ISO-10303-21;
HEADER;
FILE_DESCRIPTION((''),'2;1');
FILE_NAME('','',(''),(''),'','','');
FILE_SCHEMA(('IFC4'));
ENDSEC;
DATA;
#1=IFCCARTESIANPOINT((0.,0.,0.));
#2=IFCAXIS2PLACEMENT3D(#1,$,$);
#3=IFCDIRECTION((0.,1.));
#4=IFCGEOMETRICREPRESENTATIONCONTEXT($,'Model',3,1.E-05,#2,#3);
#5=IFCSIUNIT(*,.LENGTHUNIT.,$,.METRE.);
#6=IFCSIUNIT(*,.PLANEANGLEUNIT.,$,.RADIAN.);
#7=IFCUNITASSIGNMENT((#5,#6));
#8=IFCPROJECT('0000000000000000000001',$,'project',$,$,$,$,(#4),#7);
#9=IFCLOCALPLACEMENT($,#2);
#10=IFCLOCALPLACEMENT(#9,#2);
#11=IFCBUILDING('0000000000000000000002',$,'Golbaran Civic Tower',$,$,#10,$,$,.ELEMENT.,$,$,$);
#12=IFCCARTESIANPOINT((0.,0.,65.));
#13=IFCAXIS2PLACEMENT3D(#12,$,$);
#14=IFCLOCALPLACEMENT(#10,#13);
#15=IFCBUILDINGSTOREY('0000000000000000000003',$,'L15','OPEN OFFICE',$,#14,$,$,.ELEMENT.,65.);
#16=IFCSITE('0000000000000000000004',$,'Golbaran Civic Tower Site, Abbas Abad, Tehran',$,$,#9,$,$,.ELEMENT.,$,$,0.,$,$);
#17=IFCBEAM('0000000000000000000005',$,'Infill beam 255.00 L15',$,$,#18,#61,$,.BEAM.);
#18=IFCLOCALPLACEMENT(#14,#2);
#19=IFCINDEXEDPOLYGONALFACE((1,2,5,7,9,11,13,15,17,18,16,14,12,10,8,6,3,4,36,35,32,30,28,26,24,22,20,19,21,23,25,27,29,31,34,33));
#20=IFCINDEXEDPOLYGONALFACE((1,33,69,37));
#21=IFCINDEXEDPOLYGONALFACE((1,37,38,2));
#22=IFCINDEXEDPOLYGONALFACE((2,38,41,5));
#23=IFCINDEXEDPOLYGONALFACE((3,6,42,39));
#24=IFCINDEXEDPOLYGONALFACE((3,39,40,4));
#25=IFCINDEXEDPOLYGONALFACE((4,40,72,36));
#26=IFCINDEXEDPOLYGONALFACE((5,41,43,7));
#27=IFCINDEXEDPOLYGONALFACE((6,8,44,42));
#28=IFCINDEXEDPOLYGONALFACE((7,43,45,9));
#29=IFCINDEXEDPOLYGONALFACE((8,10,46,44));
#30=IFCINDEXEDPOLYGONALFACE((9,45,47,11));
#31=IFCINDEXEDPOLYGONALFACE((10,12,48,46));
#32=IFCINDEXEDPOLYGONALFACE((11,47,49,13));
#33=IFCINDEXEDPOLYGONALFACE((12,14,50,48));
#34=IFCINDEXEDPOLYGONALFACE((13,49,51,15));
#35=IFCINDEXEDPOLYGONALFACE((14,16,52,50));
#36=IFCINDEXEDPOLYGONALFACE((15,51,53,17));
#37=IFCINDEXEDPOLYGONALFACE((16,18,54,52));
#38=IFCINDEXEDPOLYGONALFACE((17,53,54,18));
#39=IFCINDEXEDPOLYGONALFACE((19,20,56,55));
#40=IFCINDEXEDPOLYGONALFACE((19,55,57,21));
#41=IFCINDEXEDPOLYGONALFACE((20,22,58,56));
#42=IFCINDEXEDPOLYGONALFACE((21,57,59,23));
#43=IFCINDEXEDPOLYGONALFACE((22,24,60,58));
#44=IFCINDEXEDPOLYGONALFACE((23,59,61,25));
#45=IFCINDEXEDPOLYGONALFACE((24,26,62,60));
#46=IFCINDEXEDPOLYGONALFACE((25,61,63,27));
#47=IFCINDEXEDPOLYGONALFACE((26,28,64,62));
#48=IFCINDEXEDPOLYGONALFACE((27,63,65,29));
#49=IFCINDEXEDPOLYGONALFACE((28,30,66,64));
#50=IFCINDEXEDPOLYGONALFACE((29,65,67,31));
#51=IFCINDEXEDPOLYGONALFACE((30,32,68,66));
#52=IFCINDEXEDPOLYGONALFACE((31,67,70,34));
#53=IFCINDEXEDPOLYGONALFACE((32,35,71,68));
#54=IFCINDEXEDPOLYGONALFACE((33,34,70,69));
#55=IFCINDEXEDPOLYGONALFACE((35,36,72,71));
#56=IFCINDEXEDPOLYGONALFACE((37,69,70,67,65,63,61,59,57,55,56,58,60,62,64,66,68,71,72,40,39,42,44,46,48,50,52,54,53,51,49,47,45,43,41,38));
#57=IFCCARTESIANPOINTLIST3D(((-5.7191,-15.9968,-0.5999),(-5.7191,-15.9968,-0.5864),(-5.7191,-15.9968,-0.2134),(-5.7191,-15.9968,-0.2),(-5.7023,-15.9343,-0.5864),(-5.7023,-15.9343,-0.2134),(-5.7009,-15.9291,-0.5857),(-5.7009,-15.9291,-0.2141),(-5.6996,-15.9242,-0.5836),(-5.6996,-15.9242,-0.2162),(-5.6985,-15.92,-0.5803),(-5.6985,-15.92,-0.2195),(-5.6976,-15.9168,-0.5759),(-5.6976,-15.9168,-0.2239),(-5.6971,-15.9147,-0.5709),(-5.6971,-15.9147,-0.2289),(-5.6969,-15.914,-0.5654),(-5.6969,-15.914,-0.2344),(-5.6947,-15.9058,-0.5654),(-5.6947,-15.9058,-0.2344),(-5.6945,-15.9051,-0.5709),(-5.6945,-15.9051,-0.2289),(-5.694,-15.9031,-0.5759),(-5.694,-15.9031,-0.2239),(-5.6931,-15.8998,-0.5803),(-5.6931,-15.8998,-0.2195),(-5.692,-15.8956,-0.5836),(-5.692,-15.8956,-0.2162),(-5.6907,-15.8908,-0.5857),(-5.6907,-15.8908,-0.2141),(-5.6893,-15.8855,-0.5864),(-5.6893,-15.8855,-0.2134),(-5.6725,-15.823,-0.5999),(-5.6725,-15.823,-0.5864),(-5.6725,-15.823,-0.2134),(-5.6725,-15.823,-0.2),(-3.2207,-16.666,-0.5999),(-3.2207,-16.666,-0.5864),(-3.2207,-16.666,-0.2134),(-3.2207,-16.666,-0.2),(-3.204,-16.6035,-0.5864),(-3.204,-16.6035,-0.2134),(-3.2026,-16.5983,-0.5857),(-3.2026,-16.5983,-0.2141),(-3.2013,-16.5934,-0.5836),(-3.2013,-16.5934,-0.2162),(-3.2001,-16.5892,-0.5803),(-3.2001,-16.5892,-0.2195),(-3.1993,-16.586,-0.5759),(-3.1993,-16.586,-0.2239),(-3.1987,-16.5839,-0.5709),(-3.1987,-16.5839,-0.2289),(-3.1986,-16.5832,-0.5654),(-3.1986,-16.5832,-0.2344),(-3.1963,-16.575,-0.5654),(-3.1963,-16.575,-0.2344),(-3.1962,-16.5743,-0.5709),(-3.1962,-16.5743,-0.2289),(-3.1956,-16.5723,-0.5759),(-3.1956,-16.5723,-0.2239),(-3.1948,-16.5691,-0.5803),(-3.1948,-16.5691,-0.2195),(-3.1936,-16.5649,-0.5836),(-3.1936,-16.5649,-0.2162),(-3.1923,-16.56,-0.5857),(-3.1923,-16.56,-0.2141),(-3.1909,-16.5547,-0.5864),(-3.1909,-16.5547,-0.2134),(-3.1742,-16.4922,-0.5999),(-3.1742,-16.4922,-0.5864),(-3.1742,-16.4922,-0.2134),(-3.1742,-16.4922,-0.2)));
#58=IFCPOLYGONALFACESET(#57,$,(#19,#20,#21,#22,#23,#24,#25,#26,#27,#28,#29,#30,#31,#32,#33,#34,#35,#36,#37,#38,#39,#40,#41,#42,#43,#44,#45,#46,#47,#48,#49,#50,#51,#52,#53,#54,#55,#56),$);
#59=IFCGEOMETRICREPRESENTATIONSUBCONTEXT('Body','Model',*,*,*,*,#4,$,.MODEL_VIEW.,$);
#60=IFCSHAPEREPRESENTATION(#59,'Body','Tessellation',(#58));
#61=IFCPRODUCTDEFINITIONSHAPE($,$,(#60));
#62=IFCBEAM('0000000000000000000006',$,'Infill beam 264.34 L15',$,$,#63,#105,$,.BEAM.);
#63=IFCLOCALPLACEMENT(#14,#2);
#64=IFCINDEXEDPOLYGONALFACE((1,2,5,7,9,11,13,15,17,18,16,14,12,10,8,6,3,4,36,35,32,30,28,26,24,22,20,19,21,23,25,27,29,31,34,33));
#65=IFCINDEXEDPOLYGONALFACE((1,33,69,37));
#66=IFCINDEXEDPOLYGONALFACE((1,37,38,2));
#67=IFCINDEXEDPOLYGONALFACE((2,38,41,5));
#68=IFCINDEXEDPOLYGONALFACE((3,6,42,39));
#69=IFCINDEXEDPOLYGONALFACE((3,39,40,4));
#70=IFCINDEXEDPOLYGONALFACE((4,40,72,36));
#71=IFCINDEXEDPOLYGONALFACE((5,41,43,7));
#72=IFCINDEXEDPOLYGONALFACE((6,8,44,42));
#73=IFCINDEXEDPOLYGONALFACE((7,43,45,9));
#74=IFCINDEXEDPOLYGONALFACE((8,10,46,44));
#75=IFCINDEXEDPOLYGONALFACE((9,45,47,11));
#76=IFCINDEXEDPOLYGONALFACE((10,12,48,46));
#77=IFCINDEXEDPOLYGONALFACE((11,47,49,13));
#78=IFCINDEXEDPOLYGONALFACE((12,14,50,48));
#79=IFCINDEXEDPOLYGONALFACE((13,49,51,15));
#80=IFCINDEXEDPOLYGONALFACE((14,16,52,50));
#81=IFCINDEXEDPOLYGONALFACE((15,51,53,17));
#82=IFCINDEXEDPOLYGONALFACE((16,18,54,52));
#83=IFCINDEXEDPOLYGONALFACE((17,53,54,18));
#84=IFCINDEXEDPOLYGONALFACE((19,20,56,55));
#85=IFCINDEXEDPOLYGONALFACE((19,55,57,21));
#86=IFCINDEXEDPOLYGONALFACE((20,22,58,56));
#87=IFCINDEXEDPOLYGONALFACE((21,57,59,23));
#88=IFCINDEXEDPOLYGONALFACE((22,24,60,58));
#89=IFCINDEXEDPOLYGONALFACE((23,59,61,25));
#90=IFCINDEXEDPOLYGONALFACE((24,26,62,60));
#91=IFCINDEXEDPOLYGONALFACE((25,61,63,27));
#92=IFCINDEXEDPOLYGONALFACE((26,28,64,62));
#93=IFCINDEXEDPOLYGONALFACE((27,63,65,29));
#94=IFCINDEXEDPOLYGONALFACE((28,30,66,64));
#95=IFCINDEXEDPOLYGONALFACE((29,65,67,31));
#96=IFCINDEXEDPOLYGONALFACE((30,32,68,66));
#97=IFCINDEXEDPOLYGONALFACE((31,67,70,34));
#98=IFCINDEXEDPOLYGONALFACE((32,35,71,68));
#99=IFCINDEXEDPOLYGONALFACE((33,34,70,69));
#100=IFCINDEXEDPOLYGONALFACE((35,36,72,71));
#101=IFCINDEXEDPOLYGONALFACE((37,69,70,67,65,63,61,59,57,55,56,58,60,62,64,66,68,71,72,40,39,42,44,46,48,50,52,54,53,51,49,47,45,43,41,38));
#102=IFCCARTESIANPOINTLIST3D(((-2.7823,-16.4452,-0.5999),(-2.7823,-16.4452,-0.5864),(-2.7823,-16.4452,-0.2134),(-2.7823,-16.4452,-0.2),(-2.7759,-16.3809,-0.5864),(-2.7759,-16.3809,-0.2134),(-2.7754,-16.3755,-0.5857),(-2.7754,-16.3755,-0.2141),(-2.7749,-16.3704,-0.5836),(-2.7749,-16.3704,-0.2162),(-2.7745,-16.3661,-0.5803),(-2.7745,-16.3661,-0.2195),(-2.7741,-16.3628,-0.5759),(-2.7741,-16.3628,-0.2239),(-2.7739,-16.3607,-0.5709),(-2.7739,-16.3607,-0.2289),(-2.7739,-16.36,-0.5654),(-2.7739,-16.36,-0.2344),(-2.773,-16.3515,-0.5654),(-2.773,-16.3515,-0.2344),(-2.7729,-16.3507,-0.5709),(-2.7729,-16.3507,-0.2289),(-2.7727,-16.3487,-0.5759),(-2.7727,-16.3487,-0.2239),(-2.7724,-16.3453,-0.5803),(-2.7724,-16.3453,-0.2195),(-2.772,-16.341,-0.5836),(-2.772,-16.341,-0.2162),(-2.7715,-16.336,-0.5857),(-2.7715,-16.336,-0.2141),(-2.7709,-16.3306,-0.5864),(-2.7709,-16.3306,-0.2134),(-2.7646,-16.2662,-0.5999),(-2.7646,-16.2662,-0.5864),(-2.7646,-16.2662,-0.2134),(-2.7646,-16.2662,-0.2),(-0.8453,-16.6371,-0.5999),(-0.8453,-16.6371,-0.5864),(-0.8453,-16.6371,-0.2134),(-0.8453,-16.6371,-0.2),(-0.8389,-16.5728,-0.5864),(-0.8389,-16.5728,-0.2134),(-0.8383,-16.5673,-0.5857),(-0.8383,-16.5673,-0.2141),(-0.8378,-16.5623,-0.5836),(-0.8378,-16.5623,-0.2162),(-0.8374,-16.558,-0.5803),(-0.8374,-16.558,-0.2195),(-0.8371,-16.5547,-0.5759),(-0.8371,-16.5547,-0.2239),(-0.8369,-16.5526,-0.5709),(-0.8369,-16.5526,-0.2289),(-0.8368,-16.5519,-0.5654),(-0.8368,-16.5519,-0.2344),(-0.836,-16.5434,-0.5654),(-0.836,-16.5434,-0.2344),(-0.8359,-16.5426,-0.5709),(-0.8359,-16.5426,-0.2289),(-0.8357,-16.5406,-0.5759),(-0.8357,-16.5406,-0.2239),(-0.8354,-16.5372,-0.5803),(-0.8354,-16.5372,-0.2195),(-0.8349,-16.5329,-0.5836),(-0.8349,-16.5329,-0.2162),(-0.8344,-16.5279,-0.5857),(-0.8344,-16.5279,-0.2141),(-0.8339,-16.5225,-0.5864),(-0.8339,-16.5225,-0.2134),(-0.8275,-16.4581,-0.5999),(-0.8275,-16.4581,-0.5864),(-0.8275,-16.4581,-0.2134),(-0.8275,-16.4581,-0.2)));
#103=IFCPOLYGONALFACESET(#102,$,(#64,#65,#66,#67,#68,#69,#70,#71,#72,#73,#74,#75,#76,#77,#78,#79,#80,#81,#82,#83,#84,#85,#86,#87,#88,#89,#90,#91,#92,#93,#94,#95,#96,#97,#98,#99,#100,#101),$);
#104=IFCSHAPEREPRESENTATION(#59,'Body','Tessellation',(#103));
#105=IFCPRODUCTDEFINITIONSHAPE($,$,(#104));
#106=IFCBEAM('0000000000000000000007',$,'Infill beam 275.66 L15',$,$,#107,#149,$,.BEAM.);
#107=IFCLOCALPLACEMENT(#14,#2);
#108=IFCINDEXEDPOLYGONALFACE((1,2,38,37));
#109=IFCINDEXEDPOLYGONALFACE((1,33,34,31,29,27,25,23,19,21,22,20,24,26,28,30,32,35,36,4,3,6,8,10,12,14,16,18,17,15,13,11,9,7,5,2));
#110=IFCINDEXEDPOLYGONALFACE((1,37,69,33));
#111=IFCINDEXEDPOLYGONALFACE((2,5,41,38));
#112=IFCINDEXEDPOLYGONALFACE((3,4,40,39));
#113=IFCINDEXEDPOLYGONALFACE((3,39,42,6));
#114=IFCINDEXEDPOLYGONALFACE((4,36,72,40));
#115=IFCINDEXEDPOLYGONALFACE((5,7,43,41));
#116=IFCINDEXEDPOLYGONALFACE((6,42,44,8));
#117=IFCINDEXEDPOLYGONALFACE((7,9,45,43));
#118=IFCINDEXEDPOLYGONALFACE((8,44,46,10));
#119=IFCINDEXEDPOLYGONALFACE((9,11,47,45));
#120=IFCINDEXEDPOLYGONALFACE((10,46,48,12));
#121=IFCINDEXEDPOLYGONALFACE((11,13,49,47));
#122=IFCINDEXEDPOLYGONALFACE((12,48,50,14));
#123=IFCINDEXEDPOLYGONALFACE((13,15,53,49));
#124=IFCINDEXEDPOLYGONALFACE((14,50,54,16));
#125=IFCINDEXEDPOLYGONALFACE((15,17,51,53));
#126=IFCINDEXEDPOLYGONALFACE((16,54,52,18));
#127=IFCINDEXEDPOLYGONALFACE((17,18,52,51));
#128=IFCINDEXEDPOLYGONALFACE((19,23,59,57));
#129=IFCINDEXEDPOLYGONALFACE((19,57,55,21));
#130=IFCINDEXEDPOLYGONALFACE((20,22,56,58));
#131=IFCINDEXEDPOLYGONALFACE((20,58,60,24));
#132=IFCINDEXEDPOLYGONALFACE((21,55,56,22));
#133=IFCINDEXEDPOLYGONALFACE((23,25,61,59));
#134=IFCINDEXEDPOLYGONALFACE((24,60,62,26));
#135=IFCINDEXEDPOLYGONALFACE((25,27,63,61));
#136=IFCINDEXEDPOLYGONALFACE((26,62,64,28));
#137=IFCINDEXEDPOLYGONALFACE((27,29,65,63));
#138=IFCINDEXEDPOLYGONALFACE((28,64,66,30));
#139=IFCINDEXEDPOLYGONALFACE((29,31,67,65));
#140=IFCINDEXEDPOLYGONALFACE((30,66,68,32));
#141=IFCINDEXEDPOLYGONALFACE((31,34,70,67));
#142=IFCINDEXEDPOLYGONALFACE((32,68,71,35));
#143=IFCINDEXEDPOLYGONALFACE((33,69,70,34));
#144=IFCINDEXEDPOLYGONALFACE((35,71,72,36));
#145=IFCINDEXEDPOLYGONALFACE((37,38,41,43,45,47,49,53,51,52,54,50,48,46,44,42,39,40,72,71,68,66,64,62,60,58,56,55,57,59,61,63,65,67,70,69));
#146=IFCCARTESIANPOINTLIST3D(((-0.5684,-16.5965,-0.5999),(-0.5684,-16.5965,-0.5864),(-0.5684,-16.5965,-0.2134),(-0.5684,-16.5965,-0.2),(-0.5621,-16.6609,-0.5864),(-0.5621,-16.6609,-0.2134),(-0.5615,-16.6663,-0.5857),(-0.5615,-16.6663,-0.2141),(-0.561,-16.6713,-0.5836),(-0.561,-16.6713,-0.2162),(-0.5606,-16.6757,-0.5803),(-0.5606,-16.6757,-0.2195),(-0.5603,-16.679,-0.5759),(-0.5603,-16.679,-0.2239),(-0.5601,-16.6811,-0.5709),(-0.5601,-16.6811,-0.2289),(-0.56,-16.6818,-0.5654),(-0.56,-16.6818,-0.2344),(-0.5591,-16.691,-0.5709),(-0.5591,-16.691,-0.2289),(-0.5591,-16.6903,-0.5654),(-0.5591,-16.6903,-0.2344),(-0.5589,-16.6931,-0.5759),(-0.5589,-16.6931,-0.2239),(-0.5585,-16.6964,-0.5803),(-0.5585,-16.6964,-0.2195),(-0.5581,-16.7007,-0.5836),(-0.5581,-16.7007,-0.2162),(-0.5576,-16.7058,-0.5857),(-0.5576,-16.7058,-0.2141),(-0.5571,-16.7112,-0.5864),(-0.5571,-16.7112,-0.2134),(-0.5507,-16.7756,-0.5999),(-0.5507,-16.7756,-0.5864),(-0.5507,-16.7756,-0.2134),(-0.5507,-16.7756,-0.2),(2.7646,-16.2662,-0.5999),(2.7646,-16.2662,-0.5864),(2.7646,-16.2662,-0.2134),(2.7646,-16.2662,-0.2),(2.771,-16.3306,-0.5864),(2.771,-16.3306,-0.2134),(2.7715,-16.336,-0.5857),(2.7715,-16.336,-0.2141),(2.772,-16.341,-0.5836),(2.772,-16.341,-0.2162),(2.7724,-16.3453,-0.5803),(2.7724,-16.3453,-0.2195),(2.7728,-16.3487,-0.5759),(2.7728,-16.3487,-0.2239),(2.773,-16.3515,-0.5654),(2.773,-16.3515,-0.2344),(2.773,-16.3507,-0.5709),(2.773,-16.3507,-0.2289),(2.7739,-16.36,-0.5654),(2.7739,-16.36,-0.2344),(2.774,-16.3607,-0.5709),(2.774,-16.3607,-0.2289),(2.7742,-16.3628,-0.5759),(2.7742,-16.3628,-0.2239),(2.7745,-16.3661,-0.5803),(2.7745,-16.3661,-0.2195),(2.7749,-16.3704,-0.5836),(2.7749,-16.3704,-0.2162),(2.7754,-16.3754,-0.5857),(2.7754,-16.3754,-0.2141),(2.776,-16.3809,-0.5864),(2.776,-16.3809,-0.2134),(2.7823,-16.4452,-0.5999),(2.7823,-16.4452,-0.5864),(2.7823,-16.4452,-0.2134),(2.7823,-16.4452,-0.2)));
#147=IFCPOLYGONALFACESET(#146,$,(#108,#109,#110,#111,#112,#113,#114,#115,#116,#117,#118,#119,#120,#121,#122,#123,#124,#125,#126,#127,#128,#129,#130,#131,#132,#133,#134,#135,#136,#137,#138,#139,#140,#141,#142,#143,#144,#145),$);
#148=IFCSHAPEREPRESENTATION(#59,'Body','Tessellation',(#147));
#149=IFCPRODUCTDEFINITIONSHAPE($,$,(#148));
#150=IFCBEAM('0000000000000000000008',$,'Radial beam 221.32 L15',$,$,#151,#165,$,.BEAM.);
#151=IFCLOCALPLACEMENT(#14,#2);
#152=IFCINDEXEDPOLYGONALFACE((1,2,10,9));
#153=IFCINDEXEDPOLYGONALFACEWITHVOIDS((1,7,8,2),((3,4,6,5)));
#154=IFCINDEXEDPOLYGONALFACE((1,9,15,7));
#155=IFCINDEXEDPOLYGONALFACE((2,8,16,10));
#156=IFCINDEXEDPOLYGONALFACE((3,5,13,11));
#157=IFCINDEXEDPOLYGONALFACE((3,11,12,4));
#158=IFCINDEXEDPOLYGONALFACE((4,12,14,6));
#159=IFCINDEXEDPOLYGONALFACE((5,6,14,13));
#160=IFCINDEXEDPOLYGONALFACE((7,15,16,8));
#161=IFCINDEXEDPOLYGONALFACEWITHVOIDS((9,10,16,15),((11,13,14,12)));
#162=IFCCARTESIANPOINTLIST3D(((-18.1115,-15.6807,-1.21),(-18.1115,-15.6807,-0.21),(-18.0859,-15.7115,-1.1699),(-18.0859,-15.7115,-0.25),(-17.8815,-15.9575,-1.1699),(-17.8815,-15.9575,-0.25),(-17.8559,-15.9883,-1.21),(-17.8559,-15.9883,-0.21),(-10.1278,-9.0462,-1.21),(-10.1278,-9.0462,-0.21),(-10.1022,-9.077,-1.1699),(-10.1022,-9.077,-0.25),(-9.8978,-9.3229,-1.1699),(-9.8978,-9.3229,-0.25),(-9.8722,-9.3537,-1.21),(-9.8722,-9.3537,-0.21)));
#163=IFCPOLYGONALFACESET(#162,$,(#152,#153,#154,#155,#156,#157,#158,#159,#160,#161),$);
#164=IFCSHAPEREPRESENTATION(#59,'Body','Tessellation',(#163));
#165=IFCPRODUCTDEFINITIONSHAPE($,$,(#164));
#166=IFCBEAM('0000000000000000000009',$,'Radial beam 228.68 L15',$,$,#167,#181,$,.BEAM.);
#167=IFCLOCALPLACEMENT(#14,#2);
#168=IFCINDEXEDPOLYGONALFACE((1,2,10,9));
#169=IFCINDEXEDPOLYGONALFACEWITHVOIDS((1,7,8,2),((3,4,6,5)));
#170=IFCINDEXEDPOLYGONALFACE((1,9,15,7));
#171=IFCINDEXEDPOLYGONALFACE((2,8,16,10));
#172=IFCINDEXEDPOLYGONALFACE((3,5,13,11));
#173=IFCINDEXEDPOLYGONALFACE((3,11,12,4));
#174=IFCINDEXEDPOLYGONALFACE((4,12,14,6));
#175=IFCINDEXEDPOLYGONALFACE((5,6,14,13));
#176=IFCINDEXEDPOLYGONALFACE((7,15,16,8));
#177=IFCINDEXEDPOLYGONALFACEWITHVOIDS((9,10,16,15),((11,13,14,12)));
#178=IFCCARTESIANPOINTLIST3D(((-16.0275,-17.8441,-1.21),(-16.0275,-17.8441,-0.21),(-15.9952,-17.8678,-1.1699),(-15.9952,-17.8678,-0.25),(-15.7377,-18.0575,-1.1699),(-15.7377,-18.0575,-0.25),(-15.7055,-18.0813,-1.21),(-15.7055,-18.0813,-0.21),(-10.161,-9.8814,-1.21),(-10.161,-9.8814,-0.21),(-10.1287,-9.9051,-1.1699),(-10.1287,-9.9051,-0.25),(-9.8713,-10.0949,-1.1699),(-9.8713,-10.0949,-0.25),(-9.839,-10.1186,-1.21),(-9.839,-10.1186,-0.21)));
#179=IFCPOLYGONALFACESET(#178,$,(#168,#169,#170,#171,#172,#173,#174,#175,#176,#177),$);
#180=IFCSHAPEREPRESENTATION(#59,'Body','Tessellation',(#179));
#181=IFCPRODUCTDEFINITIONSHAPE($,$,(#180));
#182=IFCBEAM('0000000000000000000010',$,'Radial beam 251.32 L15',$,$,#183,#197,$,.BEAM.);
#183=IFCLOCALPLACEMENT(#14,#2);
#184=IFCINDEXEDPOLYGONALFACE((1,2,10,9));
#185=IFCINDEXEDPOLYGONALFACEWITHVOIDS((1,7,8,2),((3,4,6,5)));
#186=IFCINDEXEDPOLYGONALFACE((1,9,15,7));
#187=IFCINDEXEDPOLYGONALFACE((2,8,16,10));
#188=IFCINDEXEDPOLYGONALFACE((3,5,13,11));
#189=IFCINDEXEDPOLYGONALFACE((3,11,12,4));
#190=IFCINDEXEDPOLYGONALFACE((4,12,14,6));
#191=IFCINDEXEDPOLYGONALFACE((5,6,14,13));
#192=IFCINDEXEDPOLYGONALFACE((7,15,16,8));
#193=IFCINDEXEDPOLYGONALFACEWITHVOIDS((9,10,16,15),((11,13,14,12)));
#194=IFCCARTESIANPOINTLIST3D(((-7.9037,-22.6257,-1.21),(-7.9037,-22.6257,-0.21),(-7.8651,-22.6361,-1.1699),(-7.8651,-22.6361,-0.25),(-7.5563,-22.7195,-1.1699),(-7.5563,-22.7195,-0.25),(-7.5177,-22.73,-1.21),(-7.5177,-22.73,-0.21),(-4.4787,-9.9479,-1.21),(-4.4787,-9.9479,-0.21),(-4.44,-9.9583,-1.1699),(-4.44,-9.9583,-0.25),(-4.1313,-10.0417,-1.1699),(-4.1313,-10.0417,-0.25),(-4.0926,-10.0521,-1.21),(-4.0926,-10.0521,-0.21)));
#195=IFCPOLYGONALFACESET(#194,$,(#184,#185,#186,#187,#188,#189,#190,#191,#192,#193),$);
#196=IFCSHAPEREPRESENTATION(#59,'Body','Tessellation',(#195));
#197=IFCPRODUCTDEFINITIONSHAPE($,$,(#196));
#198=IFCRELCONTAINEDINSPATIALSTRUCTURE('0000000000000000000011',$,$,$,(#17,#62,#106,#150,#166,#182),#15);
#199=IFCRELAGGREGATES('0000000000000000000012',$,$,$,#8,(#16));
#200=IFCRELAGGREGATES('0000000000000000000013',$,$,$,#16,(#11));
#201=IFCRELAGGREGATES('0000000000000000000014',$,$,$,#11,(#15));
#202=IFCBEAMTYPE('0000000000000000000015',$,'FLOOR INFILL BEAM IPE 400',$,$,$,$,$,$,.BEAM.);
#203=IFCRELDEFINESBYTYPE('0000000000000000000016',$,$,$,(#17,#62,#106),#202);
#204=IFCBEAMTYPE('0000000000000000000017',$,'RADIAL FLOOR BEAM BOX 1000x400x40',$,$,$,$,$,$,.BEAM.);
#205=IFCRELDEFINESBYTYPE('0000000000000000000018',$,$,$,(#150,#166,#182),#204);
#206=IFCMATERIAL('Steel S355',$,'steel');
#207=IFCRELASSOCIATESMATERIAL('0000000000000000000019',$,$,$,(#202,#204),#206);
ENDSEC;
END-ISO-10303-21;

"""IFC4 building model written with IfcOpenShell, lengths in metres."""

from ifc_helpers import new_model, si_unit, direction, frame, origin, origin_2d, place, context, subcontext, project, spatial, hollow_rectangle, i_section, extrude, material, material_profile, profile_set, type_object, element, save


model = new_model("IFC4")

# Units and contexts
model_context = context("Model", 3, precision=1e-05, world=origin(), true_north=direction((0.0, 1.0)))
body_context = subcontext(model_context, "Body", "Model", "MODEL_VIEW")
ifc_project = project(units=[si_unit("LENGTHUNIT", "METRE"), si_unit("PLANEANGLEUNIT", "RADIAN")], contexts=[model_context])

# Site, building, storey
site_placement = place(None, origin())
site = spatial("IfcSite", under=ifc_project, at=site_placement, Name="Golbaran Civic Tower Site, Abbas Abad, Tehran", CompositionType="ELEMENT", RefElevation=0.0)
building_placement = place(site_placement, origin())
building = spatial("IfcBuilding", under=site, at=building_placement, Name="Golbaran Civic Tower", CompositionType="ELEMENT")
storey_placement = place(building_placement, frame((0.0, 0.0, 65.0)))
storey = spatial("IfcBuildingStorey", under=building, at=storey_placement, Name="L15", Description="OPEN OFFICE", CompositionType="ELEMENT", Elevation=65.0)

# Beams
ifc_material_1 = material(Name="Steel S355", Category="steel")
ifc_material_profile_1 = material_profile(ifc_material_1, i_section(OverallWidth=0.1799, OverallDepth=0.3999, WebThickness=0.0085, FlangeThickness=0.0134, FilletRadius=0.021, at=origin_2d()), Name="IPE 400")
ifc_profile_set_1 = profile_set([ifc_material_profile_1], Name="Steel S355")
beam_type_1 = type_object("IfcBeamType", Name="FLOOR INFILL BEAM IPE 400", PredefinedType="BEAM", material=ifc_profile_set_1)
beam_1_placement = place(storey_placement, frame((-5.6958, -15.9099, -0.3999), z_axis=(0.965948, -0.258738, 0.0), x_axis=(0.258738, 0.965948, 0.0)))
element("IfcBeam", 1, at=beam_1_placement, inside=storey, type_object=beam_type_1, Name="Infill beam 255.00 L15", PredefinedType="BEAM", context=body_context, shape_type="SweptSolid", body=[
    extrude(i_section(OverallWidth=0.1799, OverallDepth=0.3999, WebThickness=0.0085, FlangeThickness=0.0134, FilletRadius=0.021, at=origin_2d()), origin(), (0.0, 0.0, 1.0), 2.5864),
])
beam_2_placement = place(storey_placement, frame((-2.7734, -16.3557, -0.3999), z_axis=(0.995129, -0.098585, 0.0), x_axis=(0.098585, 0.995129, 0.0)))
element("IfcBeam", 2, at=beam_2_placement, inside=storey, type_object=beam_type_1, Name="Infill beam 264.34 L15", PredefinedType="BEAM", context=body_context, shape_type="SweptSolid", body=[
    extrude(i_section(OverallWidth=0.1799, OverallDepth=0.3999, WebThickness=0.0085, FlangeThickness=0.0134, FilletRadius=0.021, at=origin_2d()), origin(), (0.0, 0.0, 1.0), 1.9465),
])
beam_3_placement = place(storey_placement, frame((-0.5596, -16.686, -0.3999), z_axis=(0.995125, 0.098623, 0.0), x_axis=(-0.098623, 0.995125, 0.0)))
element("IfcBeam", 3, at=beam_3_placement, inside=storey, type_object=beam_type_1, Name="Infill beam 275.66 L15", PredefinedType="BEAM", context=body_context, shape_type="SweptSolid", body=[
    extrude(i_section(OverallWidth=0.1799, OverallDepth=0.3999, WebThickness=0.0085, FlangeThickness=0.0134, FilletRadius=0.021, at=origin_2d()), origin(), (0.0, 0.0, 1.0), 3.3494),
])
ifc_material_profile_2 = material_profile(ifc_material_1, hollow_rectangle(XDim=0.3999, YDim=1.0, WallThickness=0.04, at=origin_2d()), Name="BOX 1000x400x40")
ifc_profile_set_2 = profile_set([ifc_material_profile_2], Name="Steel S355")
beam_type_2 = type_object("IfcBeamType", Name="RADIAL FLOOR BEAM BOX 1000x400x40", PredefinedType="BEAM", material=ifc_profile_set_2)
beam_4_placement = place(storey_placement, frame((-10.0, -9.2, -0.71), z_axis=(-0.769098, -0.639131, 0.0), x_axis=(0.639131, -0.769098, 0.0)))
element("IfcBeam", 4, at=beam_4_placement, inside=storey, type_object=beam_type_2, Name="Radial beam 221.32 L15", PredefinedType="BEAM", context=body_context, shape_type="SweptSolid", body=[
    extrude(hollow_rectangle(XDim=0.3999, YDim=1.0, WallThickness=0.04, at=origin_2d()), origin(), (0.0, 0.0, 1.0), 10.3806),
])
beam_5_placement = place(storey_placement, frame((-10.0, -10.0, -0.71), z_axis=(-0.593149, -0.805092, 0.0), x_axis=(0.805092, -0.593149, 0.0)))
element("IfcBeam", 5, at=beam_5_placement, inside=storey, type_object=beam_type_2, Name="Radial beam 228.68 L15", PredefinedType="BEAM", context=body_context, shape_type="SweptSolid", body=[
    extrude(hollow_rectangle(XDim=0.3999, YDim=1.0, WallThickness=0.04, at=origin_2d()), origin(), (0.0, 0.0, 1.0), 9.8904),
])
beam_6_placement = place(storey_placement, frame((-4.2856, -10.0, -0.71), z_axis=(-0.260812, -0.96539, 0.0), x_axis=(0.96539, -0.260812, 0.0)))
element("IfcBeam", 6, at=beam_6_placement, inside=storey, type_object=beam_type_2, Name="Radial beam 251.32 L15", PredefinedType="BEAM", context=body_context, shape_type="SweptSolid", body=[
    extrude(hollow_rectangle(XDim=0.3999, YDim=1.0, WallThickness=0.04, at=origin_2d()), origin(), (0.0, 0.0, 1.0), 13.1323),
])

save(model, "model.ifc")
